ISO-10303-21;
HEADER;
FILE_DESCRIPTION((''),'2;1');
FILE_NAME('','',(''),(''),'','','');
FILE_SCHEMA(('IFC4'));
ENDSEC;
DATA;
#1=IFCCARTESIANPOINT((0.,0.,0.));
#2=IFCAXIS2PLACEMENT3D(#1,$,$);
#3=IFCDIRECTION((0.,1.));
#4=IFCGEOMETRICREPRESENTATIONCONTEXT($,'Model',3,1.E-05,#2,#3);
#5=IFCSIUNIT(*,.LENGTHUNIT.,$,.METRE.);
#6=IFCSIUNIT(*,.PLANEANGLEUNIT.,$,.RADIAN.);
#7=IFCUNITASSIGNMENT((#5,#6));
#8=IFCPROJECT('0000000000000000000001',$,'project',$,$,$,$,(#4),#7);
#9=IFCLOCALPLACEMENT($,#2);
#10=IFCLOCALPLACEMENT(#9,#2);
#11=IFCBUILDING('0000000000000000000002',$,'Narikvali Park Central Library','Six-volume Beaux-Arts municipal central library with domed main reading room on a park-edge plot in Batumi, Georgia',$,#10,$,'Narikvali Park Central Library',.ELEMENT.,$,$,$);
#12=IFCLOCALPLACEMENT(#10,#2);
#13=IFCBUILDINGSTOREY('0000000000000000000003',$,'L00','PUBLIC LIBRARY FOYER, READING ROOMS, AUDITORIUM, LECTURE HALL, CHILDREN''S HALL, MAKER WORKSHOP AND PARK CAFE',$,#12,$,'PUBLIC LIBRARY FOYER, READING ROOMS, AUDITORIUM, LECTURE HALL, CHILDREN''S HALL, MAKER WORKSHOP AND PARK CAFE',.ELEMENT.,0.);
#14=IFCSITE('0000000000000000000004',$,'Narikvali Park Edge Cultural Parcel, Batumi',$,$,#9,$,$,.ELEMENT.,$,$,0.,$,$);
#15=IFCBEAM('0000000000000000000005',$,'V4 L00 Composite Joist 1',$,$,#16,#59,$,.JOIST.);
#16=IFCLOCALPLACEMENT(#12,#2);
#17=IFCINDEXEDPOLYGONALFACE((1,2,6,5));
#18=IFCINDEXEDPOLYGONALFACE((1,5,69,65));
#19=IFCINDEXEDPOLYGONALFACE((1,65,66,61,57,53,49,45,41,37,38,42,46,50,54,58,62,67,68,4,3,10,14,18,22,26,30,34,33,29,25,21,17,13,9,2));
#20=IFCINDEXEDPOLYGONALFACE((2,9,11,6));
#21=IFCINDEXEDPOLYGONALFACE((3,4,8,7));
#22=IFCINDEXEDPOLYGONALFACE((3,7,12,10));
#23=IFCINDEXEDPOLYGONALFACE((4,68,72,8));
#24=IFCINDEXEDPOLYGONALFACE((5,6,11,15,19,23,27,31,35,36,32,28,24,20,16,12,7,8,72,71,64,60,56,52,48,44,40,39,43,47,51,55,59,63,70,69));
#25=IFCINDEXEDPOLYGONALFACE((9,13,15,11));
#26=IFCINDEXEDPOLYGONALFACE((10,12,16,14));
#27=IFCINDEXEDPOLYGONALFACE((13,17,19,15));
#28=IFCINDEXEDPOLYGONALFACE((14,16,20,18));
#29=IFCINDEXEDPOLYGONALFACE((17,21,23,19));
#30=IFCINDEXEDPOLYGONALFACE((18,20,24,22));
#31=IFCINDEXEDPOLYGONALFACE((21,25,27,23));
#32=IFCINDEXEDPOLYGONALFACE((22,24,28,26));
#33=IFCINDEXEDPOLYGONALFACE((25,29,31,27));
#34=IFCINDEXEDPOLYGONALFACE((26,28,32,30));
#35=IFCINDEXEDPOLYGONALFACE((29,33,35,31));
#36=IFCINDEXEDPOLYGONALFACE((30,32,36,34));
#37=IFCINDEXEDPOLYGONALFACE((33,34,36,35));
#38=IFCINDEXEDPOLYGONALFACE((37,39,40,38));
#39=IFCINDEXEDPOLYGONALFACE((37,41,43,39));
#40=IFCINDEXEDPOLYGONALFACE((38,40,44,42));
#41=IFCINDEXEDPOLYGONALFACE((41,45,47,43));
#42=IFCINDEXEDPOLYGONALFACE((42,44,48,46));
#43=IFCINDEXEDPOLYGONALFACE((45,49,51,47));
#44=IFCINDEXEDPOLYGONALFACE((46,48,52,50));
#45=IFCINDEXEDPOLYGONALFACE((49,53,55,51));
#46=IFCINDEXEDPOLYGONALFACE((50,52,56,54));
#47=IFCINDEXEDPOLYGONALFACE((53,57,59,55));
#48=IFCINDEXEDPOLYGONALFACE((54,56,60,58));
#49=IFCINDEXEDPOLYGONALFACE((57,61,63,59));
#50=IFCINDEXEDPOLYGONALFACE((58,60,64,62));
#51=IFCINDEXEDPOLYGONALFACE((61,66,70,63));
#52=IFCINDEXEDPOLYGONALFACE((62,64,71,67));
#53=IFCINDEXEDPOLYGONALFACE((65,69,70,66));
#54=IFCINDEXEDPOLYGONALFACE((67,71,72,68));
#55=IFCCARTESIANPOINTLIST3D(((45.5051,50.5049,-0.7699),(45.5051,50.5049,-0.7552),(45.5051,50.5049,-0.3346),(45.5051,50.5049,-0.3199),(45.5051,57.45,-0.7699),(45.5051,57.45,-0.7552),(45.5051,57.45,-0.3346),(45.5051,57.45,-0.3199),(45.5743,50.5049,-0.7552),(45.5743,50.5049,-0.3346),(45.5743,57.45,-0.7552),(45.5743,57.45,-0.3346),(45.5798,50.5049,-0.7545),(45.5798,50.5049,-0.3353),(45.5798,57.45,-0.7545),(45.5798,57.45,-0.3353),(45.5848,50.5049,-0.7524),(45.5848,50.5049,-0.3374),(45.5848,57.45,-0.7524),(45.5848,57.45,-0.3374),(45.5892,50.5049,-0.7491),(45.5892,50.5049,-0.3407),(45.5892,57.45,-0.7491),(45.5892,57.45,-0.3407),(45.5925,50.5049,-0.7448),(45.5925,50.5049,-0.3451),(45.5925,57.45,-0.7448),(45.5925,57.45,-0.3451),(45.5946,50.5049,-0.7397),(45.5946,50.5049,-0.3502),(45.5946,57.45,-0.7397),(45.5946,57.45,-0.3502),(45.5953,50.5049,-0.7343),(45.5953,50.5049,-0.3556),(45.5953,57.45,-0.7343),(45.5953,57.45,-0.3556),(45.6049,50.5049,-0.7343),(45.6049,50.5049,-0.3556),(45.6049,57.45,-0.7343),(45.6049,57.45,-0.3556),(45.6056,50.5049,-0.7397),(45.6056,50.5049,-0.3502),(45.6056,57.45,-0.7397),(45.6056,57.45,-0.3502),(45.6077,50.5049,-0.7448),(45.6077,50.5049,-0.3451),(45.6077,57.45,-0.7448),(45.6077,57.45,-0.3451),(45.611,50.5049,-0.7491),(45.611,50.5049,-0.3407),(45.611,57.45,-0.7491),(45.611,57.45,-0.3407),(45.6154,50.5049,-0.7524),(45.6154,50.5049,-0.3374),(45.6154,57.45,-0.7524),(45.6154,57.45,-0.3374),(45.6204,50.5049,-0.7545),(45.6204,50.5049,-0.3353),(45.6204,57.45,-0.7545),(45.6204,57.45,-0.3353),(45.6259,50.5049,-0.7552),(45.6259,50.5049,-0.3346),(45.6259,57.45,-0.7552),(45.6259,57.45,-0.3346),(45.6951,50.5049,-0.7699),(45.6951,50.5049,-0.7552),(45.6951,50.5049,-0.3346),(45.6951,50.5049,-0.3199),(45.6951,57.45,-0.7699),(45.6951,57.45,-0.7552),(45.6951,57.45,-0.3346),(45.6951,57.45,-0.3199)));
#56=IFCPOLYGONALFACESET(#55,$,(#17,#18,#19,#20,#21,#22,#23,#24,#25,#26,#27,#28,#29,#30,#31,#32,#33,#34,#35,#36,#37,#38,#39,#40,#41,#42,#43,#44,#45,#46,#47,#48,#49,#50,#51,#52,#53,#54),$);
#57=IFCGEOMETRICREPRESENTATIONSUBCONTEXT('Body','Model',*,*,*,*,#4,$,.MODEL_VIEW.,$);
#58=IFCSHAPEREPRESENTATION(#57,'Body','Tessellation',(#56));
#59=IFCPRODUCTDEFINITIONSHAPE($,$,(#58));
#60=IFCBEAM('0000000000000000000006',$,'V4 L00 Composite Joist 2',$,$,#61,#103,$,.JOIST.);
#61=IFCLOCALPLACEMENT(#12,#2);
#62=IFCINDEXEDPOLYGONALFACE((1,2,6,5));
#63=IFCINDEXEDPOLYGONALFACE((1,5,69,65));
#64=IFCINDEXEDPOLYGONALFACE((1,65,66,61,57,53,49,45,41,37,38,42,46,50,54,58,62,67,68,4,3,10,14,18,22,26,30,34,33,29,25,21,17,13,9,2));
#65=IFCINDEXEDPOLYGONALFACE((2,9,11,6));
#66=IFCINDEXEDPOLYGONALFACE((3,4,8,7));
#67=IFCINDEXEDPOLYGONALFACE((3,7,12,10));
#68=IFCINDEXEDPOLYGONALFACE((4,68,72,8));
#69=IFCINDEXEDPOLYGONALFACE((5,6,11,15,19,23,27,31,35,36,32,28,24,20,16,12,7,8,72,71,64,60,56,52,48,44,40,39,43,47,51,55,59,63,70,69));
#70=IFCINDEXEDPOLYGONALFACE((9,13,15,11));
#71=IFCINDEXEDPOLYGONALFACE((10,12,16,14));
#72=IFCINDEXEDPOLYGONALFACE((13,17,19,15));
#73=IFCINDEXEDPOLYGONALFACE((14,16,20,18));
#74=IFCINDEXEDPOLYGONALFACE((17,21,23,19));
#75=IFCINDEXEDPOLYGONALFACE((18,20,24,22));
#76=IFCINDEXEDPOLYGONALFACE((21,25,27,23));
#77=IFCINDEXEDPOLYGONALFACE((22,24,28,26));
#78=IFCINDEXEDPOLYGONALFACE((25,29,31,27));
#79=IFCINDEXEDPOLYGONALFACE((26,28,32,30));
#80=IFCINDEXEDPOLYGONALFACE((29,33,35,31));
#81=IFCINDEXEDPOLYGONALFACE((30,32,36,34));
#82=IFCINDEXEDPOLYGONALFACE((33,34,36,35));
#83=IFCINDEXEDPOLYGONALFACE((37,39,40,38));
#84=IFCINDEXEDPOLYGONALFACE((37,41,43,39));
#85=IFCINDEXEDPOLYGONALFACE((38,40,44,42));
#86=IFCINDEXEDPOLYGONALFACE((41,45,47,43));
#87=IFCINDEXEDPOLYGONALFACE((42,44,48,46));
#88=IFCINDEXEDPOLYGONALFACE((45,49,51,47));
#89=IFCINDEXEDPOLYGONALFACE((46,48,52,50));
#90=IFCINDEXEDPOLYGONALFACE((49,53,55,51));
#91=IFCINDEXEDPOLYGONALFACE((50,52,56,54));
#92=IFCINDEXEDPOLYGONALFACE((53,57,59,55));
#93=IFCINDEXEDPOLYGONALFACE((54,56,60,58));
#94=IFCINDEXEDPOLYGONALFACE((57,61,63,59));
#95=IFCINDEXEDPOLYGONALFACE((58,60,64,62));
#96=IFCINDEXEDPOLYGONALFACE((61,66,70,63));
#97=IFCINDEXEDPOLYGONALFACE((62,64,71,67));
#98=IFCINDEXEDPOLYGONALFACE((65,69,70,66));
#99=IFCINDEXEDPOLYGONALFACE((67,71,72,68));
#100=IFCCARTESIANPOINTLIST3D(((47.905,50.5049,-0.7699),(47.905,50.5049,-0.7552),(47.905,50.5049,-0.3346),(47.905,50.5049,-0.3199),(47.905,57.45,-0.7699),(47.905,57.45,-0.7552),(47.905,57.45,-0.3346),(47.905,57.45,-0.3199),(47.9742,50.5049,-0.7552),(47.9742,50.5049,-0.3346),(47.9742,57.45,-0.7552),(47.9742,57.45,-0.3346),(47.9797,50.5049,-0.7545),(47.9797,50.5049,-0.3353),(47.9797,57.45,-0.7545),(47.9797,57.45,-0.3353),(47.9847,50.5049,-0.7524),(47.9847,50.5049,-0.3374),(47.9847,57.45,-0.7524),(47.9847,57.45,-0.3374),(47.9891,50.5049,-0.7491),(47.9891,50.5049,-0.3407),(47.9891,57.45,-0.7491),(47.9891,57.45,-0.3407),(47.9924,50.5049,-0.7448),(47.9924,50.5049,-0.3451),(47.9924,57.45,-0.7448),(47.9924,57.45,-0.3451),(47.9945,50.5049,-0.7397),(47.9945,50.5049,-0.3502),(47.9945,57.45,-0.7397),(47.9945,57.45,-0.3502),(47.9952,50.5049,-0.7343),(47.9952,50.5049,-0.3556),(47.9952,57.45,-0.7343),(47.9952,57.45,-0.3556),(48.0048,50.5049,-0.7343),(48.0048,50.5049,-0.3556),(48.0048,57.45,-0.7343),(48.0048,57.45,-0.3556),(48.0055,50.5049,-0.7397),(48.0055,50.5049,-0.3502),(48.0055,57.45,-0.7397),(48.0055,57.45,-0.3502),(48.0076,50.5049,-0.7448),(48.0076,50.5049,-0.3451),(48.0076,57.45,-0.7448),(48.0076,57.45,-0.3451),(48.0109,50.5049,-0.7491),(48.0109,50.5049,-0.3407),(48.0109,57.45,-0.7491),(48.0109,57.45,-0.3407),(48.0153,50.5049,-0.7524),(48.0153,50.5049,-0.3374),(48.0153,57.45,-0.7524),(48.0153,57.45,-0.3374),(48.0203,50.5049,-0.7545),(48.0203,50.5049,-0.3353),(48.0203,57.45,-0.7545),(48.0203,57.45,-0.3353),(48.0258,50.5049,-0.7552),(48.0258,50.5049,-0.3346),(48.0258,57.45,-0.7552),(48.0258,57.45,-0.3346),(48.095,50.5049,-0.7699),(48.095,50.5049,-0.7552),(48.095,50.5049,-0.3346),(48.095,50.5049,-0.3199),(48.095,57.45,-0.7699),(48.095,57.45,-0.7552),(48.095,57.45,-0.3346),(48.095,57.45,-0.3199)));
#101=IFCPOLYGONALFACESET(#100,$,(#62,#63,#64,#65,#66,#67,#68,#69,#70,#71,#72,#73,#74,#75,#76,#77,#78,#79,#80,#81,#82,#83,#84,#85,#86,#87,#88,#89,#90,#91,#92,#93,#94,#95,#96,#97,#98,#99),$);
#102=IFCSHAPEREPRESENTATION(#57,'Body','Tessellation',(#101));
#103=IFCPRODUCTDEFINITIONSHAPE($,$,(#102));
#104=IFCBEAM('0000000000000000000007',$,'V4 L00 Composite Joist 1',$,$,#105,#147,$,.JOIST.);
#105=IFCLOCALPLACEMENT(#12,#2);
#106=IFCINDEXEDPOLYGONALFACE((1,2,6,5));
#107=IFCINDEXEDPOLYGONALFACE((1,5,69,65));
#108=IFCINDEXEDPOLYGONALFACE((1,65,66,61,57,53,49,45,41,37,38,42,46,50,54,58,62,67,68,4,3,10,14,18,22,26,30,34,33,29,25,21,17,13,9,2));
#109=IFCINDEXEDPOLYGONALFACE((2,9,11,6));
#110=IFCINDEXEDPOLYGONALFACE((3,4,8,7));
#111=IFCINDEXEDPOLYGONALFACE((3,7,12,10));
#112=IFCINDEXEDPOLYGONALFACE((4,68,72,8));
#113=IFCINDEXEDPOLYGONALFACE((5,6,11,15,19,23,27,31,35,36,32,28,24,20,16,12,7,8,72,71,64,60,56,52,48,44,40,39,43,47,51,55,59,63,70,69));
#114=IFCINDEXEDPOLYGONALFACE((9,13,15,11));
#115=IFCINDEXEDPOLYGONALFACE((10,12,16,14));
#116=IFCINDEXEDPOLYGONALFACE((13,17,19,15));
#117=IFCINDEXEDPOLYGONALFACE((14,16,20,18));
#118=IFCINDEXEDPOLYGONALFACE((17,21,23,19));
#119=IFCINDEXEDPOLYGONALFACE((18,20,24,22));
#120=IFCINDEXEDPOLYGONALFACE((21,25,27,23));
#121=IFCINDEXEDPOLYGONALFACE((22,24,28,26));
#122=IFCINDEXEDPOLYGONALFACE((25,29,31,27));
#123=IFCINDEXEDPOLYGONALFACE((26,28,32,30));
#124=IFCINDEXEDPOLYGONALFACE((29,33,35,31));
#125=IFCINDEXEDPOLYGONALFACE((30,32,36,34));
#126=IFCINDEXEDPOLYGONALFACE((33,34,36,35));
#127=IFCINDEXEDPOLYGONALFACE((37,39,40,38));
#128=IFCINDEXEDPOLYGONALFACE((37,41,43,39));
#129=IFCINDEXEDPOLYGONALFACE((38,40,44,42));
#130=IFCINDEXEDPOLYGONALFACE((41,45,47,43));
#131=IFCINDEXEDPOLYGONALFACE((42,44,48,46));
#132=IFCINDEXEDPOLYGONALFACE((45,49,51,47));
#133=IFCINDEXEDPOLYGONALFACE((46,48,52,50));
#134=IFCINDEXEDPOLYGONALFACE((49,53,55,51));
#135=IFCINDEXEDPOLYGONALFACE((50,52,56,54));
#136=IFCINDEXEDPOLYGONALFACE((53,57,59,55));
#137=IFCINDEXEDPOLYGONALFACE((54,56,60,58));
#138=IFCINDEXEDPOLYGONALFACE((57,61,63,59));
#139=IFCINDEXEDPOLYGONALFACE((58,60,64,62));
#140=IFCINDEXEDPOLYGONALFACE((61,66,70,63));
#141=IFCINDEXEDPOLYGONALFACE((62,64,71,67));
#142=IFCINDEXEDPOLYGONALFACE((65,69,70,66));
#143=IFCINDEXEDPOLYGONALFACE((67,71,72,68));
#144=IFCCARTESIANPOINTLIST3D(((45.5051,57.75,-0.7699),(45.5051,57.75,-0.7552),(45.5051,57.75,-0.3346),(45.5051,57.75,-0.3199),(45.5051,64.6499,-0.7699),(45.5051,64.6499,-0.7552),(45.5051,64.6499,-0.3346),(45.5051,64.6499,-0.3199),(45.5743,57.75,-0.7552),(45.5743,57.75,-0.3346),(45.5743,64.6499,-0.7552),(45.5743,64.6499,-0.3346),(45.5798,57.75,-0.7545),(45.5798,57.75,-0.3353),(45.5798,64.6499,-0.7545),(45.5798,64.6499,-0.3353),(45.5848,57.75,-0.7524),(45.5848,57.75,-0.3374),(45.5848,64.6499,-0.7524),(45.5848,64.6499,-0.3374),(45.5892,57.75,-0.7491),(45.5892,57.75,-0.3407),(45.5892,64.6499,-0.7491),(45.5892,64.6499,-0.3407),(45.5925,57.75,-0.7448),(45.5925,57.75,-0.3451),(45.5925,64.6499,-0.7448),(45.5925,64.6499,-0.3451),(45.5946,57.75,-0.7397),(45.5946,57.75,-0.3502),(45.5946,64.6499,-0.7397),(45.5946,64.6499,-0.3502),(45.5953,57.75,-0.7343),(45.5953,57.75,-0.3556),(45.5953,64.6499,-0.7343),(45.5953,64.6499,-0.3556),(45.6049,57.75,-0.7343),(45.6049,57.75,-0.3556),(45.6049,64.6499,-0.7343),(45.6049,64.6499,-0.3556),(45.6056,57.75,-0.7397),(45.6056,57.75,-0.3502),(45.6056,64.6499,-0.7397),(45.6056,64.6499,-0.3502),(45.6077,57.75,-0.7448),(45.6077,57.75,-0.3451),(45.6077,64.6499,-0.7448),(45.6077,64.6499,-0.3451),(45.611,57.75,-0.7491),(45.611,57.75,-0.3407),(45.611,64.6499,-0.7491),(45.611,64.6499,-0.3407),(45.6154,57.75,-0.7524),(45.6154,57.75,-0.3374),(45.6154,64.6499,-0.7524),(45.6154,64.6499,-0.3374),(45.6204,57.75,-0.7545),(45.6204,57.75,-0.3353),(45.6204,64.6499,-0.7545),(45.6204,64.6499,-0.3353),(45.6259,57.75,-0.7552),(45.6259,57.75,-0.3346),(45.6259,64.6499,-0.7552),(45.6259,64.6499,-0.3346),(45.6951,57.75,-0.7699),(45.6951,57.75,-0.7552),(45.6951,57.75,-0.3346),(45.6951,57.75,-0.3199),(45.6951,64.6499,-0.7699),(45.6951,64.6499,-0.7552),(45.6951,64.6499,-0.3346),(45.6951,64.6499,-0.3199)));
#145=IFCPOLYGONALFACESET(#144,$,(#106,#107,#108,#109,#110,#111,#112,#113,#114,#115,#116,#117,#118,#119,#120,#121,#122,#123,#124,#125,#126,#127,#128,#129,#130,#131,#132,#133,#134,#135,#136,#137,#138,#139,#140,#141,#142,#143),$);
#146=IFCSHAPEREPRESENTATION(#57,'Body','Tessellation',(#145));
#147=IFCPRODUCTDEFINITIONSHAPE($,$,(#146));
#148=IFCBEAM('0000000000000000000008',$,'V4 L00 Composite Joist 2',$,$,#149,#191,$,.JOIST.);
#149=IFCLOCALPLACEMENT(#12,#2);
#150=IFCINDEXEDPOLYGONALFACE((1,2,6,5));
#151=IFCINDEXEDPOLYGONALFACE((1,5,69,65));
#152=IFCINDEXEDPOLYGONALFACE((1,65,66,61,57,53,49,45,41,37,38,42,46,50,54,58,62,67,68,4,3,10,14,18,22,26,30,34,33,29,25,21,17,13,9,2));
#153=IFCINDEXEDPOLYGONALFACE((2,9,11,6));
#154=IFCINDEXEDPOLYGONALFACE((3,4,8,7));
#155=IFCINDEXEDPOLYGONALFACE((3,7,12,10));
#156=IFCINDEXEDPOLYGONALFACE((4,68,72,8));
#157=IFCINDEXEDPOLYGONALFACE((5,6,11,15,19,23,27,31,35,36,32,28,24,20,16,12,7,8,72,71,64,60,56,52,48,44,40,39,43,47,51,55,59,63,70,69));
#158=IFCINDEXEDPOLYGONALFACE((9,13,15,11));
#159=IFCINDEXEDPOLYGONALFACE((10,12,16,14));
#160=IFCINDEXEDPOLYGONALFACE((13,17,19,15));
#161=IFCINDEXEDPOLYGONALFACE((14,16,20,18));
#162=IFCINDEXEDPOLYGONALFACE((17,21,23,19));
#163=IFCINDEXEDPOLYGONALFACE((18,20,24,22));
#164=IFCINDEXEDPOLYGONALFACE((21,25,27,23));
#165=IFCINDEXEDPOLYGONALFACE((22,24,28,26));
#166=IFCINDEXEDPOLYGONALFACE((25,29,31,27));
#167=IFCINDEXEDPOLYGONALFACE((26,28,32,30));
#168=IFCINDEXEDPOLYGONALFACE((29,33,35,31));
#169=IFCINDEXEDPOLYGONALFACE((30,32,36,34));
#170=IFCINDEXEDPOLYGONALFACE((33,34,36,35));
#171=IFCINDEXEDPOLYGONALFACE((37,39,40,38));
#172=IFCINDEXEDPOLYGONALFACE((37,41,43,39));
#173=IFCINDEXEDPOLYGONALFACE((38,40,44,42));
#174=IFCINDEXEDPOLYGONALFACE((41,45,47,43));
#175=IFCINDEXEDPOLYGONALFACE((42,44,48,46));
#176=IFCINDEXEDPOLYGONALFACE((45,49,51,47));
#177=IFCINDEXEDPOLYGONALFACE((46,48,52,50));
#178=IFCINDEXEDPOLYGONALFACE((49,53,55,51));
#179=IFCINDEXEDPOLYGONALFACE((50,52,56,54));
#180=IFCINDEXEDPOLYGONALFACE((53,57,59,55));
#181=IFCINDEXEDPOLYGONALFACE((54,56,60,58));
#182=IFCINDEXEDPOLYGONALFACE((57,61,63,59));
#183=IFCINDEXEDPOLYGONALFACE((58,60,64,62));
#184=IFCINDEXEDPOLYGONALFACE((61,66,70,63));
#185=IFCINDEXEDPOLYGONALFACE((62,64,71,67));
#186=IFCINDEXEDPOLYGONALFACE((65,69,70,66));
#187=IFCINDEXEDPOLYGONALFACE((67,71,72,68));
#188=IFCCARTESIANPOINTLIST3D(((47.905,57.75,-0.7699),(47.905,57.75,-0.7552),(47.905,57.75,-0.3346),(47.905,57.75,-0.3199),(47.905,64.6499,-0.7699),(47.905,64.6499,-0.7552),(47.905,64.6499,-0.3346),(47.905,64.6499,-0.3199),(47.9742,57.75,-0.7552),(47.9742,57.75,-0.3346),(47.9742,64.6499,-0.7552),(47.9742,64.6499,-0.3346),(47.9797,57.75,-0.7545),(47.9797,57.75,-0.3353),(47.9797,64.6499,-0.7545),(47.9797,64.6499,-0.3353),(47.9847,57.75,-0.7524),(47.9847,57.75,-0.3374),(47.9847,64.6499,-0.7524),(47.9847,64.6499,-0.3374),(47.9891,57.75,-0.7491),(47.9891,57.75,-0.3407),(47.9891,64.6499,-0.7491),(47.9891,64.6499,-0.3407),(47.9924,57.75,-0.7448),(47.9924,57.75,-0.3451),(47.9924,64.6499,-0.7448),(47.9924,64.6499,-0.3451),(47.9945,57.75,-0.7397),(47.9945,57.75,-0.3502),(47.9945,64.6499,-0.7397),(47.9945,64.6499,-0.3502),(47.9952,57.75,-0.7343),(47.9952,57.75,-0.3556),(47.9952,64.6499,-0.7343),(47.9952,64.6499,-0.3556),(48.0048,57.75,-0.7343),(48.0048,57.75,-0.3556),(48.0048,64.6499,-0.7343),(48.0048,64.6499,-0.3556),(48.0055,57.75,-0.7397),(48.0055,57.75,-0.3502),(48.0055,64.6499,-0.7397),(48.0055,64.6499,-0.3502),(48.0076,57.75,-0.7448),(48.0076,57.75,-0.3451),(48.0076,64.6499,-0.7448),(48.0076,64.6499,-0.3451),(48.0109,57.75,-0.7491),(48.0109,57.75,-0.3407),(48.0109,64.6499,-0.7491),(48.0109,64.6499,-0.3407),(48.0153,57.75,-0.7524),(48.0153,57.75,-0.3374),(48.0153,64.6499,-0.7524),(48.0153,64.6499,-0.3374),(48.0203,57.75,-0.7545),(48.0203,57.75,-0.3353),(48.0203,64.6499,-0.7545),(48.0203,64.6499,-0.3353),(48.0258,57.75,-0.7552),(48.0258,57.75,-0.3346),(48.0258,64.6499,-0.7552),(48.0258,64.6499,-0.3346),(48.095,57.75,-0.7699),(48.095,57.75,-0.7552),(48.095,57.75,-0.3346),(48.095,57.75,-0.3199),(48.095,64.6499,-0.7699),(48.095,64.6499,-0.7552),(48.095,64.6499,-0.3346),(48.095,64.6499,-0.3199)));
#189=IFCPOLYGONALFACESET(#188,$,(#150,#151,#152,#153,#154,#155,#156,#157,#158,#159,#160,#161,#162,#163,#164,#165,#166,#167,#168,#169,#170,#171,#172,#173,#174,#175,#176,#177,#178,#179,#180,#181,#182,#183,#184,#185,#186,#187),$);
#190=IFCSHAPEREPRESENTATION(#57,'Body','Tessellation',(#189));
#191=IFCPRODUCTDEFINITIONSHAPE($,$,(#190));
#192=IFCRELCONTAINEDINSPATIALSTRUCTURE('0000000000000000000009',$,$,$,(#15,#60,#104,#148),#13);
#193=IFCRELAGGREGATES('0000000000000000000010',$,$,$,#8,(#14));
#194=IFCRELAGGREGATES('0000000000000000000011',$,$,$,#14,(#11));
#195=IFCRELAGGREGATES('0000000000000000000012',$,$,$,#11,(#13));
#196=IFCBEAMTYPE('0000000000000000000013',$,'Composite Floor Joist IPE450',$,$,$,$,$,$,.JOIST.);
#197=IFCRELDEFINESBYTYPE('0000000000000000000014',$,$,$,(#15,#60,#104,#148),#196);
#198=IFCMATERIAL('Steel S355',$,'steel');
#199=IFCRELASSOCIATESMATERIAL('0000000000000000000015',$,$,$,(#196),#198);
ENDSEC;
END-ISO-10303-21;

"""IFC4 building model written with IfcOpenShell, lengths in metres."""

from ifc_helpers import new_model, si_unit, direction, frame, origin, origin_2d, place, context, subcontext, project, spatial, i_section, extrude, material, material_profile, profile_set, type_object, element, save


model = new_model("IFC4")

# Units and contexts
model_context = context("Model", 3, precision=1e-05, world=origin(), true_north=direction((0.0, 1.0)))
body_context = subcontext(model_context, "Body", "Model", "MODEL_VIEW")
ifc_project = project(units=[si_unit("LENGTHUNIT", "METRE"), si_unit("PLANEANGLEUNIT", "RADIAN")], contexts=[model_context])

# Site, building, storey
site_placement = place(None, origin())
site = spatial("IfcSite", under=ifc_project, at=site_placement, Name="Narikvali Park Edge Cultural Parcel, Batumi", CompositionType="ELEMENT", RefElevation=0.0)
building_placement = place(site_placement, origin())
building = spatial("IfcBuilding", under=site, at=building_placement, Name="Narikvali Park Central Library", Description="Six-volume Beaux-Arts municipal central library with domed main reading room on a park-edge plot in Batumi, Georgia", LongName="Narikvali Park Central Library", CompositionType="ELEMENT")
storey_placement = place(building_placement, origin())
storey = spatial("IfcBuildingStorey", under=building, at=storey_placement, Name="L00", Description="PUBLIC LIBRARY FOYER, READING ROOMS, AUDITORIUM, LECTURE HALL, CHILDREN'S HALL, MAKER WORKSHOP AND PARK CAFE", LongName="PUBLIC LIBRARY FOYER, READING ROOMS, AUDITORIUM, LECTURE HALL, CHILDREN'S HALL, MAKER WORKSHOP AND PARK CAFE", CompositionType="ELEMENT", Elevation=0.0)

# Shared definitions
ifc_material_1 = material(Name="Steel S355", Category="steel")

# Beams
ifc_material_profile_1 = material_profile(ifc_material_1, i_section(OverallWidth=0.1899, OverallDepth=0.45, WebThickness=0.0095, FlangeThickness=0.0146, FilletRadius=0.021, at=origin_2d()), Name="IPE 450")
ifc_profile_set_1 = profile_set([ifc_material_profile_1], Name="Steel S355")
beam_type_1 = type_object("IfcBeamType", Name="Composite Floor Joist IPE450", PredefinedType="JOIST", material=ifc_profile_set_1)
for number, where, z_axis, x_axis, name in (
    (1, (45.6001, 50.5049, -0.5449), (0.0, 1.0, 0.0), (-1.0, 0.0, 0.0), "V4 L00 Composite Joist 1"),
    (2, (48.0, 50.5049, -0.5449), (0.0, 1.0, 0.0), (-1.0, 0.0, 0.0), "V4 L00 Composite Joist 2"),
):
    element("IfcBeam", number, at=place(storey_placement, frame(where, z_axis=z_axis, x_axis=x_axis)), inside=storey, type_object=beam_type_1, Name=name, PredefinedType="JOIST", context=body_context, shape_type="SweptSolid", body=[
        extrude(i_section(OverallWidth=0.1899, OverallDepth=0.45, WebThickness=0.0095, FlangeThickness=0.0146, FilletRadius=0.021, at=origin_2d()), origin(), (0.0, 0.0, 1.0), 6.9451),
    ])
for number, where, z_axis, x_axis, name in (
    (3, (45.6001, 57.75, -0.5449), (0.0, 1.0, 0.0), (-1.0, 0.0, 0.0), "V4 L00 Composite Joist 1"),
    (4, (48.0, 57.75, -0.5449), (0.0, 1.0, 0.0), (-1.0, 0.0, 0.0), "V4 L00 Composite Joist 2"),
):
    element("IfcBeam", number, at=place(storey_placement, frame(where, z_axis=z_axis, x_axis=x_axis)), inside=storey, type_object=beam_type_1, Name=name, PredefinedType="JOIST", context=body_context, shape_type="SweptSolid", body=[
        extrude(i_section(OverallWidth=0.1899, OverallDepth=0.45, WebThickness=0.0095, FlangeThickness=0.0146, FilletRadius=0.021, at=origin_2d()), origin(), (0.0, 0.0, 1.0), 6.8999),
    ])

save(model, "model.ifc")
